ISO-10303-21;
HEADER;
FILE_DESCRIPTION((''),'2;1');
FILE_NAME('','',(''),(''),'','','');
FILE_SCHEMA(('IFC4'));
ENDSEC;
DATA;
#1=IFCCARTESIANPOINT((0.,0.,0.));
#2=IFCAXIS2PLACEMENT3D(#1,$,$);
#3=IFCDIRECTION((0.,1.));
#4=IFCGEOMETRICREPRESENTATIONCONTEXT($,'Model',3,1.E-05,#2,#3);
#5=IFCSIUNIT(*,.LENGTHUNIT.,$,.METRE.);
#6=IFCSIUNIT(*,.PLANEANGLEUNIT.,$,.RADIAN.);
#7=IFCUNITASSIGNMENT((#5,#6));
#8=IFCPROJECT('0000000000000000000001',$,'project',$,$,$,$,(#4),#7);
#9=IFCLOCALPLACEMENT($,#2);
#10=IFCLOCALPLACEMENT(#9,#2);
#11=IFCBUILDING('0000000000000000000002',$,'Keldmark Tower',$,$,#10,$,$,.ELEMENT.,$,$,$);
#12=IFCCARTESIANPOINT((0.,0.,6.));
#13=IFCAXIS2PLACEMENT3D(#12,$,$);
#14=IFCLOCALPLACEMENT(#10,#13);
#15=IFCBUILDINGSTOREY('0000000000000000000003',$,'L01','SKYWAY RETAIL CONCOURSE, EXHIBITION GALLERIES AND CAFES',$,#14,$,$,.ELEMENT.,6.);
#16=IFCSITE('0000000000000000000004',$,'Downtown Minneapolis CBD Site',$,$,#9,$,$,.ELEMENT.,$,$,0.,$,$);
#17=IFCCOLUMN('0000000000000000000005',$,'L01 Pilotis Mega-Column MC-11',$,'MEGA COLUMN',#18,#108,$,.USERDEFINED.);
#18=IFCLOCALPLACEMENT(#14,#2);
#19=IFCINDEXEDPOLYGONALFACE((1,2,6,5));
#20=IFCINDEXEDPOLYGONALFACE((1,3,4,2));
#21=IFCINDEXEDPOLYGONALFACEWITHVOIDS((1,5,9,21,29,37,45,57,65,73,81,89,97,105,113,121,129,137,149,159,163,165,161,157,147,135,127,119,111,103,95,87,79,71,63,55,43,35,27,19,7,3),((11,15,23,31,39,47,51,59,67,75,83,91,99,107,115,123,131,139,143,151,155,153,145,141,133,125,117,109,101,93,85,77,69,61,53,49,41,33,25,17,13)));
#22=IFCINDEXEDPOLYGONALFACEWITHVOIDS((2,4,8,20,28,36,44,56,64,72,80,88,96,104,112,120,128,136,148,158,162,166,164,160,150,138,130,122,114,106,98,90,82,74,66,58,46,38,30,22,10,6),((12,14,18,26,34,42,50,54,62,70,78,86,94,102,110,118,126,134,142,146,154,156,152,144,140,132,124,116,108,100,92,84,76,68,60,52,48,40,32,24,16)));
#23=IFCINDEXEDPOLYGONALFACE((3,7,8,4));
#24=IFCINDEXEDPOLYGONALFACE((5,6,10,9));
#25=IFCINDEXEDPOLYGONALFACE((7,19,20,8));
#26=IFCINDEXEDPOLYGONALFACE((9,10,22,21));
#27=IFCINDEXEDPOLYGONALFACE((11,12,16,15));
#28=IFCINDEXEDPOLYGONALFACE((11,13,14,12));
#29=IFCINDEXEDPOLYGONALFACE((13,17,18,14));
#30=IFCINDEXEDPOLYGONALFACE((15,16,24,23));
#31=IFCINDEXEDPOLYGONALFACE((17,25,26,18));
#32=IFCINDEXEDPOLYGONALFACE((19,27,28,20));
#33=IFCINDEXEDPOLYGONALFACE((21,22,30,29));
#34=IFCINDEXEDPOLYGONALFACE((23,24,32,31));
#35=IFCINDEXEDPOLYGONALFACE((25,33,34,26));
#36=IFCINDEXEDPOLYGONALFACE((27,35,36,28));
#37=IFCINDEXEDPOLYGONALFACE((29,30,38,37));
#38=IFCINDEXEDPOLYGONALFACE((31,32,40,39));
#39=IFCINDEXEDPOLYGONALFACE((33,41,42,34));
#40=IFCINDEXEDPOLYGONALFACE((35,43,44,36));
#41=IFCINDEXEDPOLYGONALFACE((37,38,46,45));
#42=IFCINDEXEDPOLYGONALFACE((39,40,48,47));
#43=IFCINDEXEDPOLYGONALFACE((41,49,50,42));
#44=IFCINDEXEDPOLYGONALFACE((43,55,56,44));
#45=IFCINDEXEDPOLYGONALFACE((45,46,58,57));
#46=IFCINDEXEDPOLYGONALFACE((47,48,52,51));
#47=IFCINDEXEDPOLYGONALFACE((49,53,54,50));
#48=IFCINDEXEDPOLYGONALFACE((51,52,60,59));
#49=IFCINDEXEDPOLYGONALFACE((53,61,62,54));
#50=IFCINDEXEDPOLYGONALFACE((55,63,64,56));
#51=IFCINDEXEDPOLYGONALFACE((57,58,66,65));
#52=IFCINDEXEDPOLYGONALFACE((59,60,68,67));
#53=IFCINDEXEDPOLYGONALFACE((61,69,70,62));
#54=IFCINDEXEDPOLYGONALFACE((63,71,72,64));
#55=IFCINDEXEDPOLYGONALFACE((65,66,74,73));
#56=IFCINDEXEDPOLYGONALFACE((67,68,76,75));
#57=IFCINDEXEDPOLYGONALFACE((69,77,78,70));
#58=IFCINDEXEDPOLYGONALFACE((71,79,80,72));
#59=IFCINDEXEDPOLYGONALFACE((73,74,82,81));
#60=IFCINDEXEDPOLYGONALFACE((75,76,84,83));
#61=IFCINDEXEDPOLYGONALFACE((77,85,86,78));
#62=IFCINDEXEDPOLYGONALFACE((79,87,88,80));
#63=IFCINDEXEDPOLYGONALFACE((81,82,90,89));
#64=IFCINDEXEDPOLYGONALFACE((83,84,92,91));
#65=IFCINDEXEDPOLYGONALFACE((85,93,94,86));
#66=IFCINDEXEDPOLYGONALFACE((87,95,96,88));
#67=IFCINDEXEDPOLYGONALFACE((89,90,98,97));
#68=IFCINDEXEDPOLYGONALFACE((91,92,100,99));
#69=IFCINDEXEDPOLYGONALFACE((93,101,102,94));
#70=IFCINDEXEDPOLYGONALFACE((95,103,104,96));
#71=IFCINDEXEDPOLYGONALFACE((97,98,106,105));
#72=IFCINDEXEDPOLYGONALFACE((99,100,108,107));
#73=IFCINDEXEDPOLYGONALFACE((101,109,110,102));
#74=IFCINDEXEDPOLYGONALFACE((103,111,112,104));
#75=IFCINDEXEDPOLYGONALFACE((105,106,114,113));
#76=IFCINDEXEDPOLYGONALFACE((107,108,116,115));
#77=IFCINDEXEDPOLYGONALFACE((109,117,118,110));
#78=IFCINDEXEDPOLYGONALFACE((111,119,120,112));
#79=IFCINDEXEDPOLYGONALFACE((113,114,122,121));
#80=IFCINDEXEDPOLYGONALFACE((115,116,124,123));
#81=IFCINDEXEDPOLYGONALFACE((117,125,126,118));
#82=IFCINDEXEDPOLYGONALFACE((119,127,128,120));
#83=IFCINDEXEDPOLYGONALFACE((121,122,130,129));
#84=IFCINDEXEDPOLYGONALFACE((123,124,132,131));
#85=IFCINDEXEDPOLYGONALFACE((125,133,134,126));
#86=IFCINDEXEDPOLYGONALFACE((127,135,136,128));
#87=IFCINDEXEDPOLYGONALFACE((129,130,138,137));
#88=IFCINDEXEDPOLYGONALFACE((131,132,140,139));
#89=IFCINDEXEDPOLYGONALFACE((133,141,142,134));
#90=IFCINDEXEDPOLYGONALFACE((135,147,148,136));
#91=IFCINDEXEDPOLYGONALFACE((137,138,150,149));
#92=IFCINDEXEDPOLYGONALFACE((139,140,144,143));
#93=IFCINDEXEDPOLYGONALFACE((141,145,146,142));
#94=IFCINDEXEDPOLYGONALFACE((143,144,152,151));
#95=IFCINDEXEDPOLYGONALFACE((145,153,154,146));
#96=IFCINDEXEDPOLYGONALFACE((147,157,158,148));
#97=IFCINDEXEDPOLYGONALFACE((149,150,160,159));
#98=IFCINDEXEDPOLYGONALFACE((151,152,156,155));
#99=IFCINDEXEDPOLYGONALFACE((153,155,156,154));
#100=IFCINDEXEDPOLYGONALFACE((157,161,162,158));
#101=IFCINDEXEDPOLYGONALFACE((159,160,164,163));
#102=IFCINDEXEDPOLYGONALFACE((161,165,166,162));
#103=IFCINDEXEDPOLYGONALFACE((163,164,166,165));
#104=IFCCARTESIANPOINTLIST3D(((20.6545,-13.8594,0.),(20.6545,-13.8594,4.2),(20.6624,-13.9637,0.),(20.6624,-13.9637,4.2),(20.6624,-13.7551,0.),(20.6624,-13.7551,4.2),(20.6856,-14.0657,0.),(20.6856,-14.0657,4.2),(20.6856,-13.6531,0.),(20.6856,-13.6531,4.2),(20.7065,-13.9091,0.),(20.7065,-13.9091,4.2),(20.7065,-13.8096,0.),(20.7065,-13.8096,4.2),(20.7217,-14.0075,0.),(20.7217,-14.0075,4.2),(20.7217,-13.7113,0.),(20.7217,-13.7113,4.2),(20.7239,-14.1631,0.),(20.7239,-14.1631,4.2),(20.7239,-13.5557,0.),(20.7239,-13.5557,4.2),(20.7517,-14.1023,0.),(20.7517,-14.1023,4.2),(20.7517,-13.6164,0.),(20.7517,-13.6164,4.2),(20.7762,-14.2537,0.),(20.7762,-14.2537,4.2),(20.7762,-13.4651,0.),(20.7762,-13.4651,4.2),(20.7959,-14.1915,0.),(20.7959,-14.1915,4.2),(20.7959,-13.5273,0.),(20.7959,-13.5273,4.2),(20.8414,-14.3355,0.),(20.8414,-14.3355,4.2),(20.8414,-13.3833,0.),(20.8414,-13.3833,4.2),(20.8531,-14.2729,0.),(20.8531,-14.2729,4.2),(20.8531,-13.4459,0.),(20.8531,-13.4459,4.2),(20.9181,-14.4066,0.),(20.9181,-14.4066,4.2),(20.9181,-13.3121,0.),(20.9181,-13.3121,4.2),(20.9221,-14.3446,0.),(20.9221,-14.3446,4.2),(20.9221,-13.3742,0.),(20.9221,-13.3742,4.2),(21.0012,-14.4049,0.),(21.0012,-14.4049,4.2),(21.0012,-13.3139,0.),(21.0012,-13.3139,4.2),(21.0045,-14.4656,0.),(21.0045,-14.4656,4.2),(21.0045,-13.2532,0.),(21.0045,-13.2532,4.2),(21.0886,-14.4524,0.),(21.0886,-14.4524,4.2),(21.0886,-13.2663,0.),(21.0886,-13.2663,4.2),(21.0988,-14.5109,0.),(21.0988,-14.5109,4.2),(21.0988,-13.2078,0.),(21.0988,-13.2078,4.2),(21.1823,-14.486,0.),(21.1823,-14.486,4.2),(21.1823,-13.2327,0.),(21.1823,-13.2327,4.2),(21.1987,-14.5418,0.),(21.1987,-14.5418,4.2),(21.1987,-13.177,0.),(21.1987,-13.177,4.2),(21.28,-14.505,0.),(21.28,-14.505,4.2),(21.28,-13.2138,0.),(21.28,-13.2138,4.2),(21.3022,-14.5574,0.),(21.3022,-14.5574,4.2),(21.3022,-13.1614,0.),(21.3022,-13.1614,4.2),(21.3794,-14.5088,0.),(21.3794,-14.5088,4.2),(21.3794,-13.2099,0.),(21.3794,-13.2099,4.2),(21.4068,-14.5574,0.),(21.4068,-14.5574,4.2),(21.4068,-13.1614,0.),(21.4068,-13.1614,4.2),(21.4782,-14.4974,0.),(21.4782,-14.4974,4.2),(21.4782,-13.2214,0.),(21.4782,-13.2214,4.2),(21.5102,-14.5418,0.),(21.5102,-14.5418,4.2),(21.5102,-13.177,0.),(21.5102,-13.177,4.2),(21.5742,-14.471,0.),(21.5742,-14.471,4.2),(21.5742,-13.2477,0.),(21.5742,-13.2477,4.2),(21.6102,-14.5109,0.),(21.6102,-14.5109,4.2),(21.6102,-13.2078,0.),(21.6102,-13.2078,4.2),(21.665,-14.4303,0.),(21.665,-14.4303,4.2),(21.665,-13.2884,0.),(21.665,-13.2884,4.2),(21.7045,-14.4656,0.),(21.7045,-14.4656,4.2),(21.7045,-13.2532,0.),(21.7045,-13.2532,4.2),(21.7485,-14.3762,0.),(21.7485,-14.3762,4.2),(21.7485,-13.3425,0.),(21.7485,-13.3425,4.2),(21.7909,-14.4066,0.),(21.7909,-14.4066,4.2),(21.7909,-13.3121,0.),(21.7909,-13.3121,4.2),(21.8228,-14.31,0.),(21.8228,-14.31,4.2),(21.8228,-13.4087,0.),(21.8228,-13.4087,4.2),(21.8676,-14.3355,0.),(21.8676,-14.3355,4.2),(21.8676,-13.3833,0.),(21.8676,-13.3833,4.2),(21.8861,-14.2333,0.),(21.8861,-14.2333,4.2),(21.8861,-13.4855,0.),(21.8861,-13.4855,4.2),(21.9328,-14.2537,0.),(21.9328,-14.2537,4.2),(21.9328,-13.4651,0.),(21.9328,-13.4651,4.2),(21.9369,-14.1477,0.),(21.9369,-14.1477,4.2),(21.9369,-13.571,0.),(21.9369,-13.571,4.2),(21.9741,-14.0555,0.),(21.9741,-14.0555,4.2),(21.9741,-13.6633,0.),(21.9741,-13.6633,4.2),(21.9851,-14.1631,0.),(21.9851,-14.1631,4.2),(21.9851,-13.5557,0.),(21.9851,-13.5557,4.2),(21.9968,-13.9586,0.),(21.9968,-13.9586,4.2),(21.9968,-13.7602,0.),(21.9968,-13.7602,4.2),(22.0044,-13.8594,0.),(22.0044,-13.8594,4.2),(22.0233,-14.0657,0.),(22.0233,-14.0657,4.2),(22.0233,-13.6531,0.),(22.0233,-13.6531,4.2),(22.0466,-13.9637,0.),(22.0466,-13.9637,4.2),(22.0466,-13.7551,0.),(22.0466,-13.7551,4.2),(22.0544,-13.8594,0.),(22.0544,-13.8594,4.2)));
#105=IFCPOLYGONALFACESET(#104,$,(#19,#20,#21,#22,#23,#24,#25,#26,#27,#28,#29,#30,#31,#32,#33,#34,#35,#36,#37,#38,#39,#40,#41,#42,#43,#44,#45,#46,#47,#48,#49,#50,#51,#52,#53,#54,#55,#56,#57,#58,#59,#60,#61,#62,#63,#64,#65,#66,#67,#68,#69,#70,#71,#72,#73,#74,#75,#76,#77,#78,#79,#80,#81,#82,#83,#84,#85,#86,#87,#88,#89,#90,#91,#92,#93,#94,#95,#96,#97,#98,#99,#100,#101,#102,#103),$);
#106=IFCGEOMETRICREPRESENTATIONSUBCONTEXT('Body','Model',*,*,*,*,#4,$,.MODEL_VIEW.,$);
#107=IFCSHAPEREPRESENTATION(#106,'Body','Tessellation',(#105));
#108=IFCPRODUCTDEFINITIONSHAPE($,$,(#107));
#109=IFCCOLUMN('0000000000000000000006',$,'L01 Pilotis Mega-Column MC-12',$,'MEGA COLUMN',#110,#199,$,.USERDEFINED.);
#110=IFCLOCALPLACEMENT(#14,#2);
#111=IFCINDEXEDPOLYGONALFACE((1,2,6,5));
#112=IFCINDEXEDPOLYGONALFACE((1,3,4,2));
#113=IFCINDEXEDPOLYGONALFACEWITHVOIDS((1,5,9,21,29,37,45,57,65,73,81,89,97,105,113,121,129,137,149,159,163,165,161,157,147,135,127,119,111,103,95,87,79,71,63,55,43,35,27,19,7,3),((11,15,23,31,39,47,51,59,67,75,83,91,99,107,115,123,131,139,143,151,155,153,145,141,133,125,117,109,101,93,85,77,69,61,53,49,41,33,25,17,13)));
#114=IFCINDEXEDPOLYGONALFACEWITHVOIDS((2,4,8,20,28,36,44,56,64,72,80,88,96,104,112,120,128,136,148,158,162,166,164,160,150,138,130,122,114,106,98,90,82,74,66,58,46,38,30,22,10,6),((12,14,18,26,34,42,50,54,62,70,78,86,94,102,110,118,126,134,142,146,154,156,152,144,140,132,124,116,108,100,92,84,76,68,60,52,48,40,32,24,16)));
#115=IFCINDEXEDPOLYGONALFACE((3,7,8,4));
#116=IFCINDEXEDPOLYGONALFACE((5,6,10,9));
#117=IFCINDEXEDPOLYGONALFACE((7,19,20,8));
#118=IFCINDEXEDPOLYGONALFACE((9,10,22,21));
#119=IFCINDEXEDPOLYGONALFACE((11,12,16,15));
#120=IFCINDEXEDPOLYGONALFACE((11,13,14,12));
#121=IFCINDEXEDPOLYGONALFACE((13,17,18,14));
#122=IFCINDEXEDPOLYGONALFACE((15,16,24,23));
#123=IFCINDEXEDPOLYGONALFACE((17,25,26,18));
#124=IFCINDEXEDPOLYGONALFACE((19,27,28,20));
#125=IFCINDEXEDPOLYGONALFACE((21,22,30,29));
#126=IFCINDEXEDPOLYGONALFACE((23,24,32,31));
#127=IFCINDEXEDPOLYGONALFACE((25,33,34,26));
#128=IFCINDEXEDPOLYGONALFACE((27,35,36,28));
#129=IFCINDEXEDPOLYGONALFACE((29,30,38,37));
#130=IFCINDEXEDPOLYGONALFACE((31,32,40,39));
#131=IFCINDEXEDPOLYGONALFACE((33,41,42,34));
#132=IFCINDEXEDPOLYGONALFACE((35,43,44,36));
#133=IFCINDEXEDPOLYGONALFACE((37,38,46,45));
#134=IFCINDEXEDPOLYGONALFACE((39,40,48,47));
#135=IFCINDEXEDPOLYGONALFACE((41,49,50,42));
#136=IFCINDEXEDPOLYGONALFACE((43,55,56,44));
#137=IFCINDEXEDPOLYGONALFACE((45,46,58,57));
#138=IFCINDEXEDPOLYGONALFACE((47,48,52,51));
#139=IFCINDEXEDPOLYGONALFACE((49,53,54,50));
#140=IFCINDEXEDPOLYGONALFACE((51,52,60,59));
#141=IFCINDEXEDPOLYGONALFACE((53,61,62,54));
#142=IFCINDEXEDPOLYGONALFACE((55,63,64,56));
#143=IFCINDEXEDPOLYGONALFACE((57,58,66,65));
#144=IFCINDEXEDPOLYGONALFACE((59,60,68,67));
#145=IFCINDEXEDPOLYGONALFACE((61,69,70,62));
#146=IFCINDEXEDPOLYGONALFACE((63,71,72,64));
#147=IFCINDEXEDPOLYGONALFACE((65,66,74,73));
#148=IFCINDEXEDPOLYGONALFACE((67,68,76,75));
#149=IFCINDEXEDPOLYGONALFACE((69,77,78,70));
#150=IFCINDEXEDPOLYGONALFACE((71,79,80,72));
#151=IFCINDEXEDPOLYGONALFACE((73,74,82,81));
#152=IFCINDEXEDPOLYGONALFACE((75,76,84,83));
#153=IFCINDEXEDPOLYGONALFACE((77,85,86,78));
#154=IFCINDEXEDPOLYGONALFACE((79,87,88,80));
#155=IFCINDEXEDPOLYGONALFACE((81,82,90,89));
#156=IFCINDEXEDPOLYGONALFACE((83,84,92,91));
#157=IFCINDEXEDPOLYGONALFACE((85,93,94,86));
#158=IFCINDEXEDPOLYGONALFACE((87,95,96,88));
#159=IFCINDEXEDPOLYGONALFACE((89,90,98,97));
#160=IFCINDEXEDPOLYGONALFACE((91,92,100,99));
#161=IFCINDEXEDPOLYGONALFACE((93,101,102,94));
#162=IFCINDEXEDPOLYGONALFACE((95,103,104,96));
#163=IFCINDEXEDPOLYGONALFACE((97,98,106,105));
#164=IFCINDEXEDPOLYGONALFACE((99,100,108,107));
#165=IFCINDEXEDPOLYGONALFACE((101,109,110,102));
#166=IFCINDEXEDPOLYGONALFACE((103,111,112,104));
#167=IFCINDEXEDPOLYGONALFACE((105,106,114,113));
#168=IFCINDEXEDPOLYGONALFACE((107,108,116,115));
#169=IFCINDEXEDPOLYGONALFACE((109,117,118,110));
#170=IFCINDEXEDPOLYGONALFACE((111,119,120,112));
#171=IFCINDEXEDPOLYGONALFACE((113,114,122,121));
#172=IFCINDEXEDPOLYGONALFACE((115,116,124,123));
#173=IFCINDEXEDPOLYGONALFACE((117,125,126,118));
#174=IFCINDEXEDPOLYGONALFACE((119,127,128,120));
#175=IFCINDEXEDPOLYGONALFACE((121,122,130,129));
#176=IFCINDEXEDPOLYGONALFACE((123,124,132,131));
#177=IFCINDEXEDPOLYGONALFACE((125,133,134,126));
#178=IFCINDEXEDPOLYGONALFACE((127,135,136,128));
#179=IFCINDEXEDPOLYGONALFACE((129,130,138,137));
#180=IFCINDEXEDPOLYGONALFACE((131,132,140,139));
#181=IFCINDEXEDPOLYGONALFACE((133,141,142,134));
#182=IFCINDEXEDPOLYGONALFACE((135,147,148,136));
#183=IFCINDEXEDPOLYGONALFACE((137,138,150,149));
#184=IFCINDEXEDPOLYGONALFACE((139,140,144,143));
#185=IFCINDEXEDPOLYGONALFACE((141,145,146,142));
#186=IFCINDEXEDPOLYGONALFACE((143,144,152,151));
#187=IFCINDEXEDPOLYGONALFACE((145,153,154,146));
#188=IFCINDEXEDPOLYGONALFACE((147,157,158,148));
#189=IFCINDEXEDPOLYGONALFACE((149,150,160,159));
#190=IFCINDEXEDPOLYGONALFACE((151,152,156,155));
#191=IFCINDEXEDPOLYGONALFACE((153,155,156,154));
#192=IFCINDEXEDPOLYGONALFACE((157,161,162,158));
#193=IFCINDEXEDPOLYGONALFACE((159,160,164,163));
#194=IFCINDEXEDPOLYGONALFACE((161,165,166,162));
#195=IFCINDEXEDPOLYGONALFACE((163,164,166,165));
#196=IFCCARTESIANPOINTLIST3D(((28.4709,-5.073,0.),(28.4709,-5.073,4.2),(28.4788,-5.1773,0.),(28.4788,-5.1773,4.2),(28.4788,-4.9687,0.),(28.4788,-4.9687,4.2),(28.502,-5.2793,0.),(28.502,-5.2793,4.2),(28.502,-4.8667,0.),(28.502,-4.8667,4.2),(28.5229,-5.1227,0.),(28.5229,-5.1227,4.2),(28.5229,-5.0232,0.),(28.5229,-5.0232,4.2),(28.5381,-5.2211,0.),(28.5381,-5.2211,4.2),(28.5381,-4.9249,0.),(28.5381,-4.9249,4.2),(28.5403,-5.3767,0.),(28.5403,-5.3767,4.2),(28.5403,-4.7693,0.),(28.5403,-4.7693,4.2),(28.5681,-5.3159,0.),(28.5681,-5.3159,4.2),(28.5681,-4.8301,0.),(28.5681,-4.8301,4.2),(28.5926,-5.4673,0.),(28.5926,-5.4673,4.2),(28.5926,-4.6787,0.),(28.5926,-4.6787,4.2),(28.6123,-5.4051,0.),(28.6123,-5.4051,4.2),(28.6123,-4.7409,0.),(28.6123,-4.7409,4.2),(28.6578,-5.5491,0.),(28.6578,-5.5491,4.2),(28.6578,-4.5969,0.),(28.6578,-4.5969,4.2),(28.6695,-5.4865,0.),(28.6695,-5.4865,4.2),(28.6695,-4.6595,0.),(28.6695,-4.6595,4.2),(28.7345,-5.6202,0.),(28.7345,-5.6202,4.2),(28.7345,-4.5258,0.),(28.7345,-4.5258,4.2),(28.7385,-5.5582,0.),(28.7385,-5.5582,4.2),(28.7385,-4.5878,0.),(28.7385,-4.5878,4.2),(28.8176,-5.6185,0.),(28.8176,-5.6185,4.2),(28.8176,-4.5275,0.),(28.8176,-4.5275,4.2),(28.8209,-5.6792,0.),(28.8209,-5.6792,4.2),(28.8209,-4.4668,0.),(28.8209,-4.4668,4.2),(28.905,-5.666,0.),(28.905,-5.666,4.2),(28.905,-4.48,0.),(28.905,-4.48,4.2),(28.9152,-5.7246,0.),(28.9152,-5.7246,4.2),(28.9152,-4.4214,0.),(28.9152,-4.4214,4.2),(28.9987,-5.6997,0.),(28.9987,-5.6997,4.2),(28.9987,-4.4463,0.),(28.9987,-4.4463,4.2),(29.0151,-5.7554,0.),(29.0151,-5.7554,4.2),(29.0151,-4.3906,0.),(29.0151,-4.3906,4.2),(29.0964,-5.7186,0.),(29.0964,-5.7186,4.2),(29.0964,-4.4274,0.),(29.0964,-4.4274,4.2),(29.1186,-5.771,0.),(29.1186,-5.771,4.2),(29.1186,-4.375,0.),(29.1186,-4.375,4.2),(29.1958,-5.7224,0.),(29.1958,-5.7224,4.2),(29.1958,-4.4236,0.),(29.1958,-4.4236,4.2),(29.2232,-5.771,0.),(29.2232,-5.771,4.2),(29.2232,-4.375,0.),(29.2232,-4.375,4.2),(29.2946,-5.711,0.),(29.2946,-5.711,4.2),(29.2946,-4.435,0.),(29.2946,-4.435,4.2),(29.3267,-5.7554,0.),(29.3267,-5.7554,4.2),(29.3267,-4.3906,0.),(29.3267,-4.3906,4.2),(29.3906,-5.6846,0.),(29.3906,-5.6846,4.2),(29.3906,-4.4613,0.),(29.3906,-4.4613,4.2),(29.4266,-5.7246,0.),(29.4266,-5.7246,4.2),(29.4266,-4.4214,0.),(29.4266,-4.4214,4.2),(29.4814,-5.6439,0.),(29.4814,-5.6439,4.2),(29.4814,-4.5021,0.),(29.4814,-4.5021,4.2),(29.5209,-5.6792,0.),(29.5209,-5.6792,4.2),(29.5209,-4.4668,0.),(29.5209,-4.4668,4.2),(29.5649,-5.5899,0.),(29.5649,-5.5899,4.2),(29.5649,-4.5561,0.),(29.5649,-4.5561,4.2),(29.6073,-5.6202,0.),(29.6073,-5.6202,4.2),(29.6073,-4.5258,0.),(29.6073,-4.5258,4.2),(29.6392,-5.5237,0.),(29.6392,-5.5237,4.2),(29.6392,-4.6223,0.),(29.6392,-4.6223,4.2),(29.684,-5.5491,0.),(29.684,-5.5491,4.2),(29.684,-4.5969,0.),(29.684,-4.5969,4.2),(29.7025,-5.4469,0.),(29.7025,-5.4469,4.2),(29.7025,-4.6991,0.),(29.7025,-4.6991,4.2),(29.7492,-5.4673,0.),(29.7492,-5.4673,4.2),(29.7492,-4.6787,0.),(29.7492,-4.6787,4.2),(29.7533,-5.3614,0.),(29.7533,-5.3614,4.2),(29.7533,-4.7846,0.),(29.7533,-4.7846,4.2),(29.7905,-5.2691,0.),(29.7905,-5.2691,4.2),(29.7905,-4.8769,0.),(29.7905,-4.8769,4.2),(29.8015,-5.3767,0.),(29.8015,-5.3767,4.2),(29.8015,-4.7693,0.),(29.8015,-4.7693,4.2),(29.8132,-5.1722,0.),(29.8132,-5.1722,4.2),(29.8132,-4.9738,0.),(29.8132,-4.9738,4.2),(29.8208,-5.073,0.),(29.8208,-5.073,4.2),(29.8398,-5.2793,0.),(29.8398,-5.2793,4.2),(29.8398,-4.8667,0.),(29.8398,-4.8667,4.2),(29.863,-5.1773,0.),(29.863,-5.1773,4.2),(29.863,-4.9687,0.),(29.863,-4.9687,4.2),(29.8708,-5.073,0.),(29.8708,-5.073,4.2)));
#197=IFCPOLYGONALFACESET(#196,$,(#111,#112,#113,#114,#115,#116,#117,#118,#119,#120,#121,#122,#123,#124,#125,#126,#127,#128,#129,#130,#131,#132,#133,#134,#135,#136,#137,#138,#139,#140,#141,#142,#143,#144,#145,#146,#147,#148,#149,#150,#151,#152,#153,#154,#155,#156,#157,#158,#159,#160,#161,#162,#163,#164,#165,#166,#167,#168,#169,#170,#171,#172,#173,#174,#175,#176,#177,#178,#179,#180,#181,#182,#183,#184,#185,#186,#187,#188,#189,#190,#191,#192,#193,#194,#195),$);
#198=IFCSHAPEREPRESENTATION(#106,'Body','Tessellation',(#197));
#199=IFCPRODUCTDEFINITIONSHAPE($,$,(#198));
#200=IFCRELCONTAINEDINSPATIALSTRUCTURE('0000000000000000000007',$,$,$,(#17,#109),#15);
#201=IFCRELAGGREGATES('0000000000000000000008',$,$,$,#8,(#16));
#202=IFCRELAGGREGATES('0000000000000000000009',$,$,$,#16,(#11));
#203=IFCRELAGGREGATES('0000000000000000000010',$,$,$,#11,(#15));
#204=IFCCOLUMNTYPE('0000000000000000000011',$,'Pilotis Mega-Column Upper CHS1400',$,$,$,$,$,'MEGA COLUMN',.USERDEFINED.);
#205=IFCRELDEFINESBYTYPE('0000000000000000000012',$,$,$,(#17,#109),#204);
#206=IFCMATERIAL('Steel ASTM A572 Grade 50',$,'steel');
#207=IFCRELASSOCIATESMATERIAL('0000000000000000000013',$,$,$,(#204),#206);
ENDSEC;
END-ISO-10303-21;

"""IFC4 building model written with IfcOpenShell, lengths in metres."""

from ifc_helpers import new_model, si_unit, direction, frame, origin, origin_2d, place, context, subcontext, project, spatial, hollow_circle, extrude, material, material_profile, profile_set, type_object, element, save


model = new_model("IFC4")

# Units and contexts
model_context = context("Model", 3, precision=1e-05, world=origin(), true_north=direction((0.0, 1.0)))
body_context = subcontext(model_context, "Body", "Model", "MODEL_VIEW")
ifc_project = project(units=[si_unit("LENGTHUNIT", "METRE"), si_unit("PLANEANGLEUNIT", "RADIAN")], contexts=[model_context])

# Site, building, storey
site_placement = place(None, origin())
site = spatial("IfcSite", under=ifc_project, at=site_placement, Name="Downtown Minneapolis CBD Site", CompositionType="ELEMENT", RefElevation=0.0)
building_placement = place(site_placement, origin())
building = spatial("IfcBuilding", under=site, at=building_placement, Name="Keldmark Tower", CompositionType="ELEMENT")
storey_placement = place(building_placement, frame((0.0, 0.0, 6.0)))
storey = spatial("IfcBuildingStorey", under=building, at=storey_placement, Name="L01", Description="SKYWAY RETAIL CONCOURSE, EXHIBITION GALLERIES AND CAFES", CompositionType="ELEMENT", Elevation=6.0)

# Columns
ifc_material_1 = material(Name="Steel ASTM A572 Grade 50", Category="steel")
ifc_material_profile_1 = material_profile(ifc_material_1, hollow_circle(Radius=0.7, WallThickness=0.05, at=origin_2d()), Name="CHS1400X50")
ifc_profile_set_1 = profile_set([ifc_material_profile_1], Name="Steel ASTM A572 Grade 50")
column_type = type_object("IfcColumnType", Name="Pilotis Mega-Column Upper CHS1400", ElementType="MEGA COLUMN", PredefinedType="USERDEFINED", material=ifc_profile_set_1)
for number, where, z_axis, x_axis, name in (
    (1, (21.3545, -13.8594, 0.0), (0.0, 0.0, 1.0), (1.0, 0.0, 0.0), "L01 Pilotis Mega-Column MC-11"),
    (2, (29.1709, -5.073, 0.0), (0.0, 0.0, 1.0), (1.0, 0.0, 0.0), "L01 Pilotis Mega-Column MC-12"),
):
    element("IfcColumn", number, at=place(storey_placement, frame(where, z_axis=z_axis, x_axis=x_axis)), inside=storey, type_object=column_type, Name=name, ObjectType="MEGA COLUMN", PredefinedType="USERDEFINED", context=body_context, shape_type="SweptSolid", body=[
        extrude(hollow_circle(Radius=0.7, WallThickness=0.05, at=origin_2d()), origin(), (0.0, 0.0, 1.0), 4.2),
    ])

save(model, "model.ifc")
